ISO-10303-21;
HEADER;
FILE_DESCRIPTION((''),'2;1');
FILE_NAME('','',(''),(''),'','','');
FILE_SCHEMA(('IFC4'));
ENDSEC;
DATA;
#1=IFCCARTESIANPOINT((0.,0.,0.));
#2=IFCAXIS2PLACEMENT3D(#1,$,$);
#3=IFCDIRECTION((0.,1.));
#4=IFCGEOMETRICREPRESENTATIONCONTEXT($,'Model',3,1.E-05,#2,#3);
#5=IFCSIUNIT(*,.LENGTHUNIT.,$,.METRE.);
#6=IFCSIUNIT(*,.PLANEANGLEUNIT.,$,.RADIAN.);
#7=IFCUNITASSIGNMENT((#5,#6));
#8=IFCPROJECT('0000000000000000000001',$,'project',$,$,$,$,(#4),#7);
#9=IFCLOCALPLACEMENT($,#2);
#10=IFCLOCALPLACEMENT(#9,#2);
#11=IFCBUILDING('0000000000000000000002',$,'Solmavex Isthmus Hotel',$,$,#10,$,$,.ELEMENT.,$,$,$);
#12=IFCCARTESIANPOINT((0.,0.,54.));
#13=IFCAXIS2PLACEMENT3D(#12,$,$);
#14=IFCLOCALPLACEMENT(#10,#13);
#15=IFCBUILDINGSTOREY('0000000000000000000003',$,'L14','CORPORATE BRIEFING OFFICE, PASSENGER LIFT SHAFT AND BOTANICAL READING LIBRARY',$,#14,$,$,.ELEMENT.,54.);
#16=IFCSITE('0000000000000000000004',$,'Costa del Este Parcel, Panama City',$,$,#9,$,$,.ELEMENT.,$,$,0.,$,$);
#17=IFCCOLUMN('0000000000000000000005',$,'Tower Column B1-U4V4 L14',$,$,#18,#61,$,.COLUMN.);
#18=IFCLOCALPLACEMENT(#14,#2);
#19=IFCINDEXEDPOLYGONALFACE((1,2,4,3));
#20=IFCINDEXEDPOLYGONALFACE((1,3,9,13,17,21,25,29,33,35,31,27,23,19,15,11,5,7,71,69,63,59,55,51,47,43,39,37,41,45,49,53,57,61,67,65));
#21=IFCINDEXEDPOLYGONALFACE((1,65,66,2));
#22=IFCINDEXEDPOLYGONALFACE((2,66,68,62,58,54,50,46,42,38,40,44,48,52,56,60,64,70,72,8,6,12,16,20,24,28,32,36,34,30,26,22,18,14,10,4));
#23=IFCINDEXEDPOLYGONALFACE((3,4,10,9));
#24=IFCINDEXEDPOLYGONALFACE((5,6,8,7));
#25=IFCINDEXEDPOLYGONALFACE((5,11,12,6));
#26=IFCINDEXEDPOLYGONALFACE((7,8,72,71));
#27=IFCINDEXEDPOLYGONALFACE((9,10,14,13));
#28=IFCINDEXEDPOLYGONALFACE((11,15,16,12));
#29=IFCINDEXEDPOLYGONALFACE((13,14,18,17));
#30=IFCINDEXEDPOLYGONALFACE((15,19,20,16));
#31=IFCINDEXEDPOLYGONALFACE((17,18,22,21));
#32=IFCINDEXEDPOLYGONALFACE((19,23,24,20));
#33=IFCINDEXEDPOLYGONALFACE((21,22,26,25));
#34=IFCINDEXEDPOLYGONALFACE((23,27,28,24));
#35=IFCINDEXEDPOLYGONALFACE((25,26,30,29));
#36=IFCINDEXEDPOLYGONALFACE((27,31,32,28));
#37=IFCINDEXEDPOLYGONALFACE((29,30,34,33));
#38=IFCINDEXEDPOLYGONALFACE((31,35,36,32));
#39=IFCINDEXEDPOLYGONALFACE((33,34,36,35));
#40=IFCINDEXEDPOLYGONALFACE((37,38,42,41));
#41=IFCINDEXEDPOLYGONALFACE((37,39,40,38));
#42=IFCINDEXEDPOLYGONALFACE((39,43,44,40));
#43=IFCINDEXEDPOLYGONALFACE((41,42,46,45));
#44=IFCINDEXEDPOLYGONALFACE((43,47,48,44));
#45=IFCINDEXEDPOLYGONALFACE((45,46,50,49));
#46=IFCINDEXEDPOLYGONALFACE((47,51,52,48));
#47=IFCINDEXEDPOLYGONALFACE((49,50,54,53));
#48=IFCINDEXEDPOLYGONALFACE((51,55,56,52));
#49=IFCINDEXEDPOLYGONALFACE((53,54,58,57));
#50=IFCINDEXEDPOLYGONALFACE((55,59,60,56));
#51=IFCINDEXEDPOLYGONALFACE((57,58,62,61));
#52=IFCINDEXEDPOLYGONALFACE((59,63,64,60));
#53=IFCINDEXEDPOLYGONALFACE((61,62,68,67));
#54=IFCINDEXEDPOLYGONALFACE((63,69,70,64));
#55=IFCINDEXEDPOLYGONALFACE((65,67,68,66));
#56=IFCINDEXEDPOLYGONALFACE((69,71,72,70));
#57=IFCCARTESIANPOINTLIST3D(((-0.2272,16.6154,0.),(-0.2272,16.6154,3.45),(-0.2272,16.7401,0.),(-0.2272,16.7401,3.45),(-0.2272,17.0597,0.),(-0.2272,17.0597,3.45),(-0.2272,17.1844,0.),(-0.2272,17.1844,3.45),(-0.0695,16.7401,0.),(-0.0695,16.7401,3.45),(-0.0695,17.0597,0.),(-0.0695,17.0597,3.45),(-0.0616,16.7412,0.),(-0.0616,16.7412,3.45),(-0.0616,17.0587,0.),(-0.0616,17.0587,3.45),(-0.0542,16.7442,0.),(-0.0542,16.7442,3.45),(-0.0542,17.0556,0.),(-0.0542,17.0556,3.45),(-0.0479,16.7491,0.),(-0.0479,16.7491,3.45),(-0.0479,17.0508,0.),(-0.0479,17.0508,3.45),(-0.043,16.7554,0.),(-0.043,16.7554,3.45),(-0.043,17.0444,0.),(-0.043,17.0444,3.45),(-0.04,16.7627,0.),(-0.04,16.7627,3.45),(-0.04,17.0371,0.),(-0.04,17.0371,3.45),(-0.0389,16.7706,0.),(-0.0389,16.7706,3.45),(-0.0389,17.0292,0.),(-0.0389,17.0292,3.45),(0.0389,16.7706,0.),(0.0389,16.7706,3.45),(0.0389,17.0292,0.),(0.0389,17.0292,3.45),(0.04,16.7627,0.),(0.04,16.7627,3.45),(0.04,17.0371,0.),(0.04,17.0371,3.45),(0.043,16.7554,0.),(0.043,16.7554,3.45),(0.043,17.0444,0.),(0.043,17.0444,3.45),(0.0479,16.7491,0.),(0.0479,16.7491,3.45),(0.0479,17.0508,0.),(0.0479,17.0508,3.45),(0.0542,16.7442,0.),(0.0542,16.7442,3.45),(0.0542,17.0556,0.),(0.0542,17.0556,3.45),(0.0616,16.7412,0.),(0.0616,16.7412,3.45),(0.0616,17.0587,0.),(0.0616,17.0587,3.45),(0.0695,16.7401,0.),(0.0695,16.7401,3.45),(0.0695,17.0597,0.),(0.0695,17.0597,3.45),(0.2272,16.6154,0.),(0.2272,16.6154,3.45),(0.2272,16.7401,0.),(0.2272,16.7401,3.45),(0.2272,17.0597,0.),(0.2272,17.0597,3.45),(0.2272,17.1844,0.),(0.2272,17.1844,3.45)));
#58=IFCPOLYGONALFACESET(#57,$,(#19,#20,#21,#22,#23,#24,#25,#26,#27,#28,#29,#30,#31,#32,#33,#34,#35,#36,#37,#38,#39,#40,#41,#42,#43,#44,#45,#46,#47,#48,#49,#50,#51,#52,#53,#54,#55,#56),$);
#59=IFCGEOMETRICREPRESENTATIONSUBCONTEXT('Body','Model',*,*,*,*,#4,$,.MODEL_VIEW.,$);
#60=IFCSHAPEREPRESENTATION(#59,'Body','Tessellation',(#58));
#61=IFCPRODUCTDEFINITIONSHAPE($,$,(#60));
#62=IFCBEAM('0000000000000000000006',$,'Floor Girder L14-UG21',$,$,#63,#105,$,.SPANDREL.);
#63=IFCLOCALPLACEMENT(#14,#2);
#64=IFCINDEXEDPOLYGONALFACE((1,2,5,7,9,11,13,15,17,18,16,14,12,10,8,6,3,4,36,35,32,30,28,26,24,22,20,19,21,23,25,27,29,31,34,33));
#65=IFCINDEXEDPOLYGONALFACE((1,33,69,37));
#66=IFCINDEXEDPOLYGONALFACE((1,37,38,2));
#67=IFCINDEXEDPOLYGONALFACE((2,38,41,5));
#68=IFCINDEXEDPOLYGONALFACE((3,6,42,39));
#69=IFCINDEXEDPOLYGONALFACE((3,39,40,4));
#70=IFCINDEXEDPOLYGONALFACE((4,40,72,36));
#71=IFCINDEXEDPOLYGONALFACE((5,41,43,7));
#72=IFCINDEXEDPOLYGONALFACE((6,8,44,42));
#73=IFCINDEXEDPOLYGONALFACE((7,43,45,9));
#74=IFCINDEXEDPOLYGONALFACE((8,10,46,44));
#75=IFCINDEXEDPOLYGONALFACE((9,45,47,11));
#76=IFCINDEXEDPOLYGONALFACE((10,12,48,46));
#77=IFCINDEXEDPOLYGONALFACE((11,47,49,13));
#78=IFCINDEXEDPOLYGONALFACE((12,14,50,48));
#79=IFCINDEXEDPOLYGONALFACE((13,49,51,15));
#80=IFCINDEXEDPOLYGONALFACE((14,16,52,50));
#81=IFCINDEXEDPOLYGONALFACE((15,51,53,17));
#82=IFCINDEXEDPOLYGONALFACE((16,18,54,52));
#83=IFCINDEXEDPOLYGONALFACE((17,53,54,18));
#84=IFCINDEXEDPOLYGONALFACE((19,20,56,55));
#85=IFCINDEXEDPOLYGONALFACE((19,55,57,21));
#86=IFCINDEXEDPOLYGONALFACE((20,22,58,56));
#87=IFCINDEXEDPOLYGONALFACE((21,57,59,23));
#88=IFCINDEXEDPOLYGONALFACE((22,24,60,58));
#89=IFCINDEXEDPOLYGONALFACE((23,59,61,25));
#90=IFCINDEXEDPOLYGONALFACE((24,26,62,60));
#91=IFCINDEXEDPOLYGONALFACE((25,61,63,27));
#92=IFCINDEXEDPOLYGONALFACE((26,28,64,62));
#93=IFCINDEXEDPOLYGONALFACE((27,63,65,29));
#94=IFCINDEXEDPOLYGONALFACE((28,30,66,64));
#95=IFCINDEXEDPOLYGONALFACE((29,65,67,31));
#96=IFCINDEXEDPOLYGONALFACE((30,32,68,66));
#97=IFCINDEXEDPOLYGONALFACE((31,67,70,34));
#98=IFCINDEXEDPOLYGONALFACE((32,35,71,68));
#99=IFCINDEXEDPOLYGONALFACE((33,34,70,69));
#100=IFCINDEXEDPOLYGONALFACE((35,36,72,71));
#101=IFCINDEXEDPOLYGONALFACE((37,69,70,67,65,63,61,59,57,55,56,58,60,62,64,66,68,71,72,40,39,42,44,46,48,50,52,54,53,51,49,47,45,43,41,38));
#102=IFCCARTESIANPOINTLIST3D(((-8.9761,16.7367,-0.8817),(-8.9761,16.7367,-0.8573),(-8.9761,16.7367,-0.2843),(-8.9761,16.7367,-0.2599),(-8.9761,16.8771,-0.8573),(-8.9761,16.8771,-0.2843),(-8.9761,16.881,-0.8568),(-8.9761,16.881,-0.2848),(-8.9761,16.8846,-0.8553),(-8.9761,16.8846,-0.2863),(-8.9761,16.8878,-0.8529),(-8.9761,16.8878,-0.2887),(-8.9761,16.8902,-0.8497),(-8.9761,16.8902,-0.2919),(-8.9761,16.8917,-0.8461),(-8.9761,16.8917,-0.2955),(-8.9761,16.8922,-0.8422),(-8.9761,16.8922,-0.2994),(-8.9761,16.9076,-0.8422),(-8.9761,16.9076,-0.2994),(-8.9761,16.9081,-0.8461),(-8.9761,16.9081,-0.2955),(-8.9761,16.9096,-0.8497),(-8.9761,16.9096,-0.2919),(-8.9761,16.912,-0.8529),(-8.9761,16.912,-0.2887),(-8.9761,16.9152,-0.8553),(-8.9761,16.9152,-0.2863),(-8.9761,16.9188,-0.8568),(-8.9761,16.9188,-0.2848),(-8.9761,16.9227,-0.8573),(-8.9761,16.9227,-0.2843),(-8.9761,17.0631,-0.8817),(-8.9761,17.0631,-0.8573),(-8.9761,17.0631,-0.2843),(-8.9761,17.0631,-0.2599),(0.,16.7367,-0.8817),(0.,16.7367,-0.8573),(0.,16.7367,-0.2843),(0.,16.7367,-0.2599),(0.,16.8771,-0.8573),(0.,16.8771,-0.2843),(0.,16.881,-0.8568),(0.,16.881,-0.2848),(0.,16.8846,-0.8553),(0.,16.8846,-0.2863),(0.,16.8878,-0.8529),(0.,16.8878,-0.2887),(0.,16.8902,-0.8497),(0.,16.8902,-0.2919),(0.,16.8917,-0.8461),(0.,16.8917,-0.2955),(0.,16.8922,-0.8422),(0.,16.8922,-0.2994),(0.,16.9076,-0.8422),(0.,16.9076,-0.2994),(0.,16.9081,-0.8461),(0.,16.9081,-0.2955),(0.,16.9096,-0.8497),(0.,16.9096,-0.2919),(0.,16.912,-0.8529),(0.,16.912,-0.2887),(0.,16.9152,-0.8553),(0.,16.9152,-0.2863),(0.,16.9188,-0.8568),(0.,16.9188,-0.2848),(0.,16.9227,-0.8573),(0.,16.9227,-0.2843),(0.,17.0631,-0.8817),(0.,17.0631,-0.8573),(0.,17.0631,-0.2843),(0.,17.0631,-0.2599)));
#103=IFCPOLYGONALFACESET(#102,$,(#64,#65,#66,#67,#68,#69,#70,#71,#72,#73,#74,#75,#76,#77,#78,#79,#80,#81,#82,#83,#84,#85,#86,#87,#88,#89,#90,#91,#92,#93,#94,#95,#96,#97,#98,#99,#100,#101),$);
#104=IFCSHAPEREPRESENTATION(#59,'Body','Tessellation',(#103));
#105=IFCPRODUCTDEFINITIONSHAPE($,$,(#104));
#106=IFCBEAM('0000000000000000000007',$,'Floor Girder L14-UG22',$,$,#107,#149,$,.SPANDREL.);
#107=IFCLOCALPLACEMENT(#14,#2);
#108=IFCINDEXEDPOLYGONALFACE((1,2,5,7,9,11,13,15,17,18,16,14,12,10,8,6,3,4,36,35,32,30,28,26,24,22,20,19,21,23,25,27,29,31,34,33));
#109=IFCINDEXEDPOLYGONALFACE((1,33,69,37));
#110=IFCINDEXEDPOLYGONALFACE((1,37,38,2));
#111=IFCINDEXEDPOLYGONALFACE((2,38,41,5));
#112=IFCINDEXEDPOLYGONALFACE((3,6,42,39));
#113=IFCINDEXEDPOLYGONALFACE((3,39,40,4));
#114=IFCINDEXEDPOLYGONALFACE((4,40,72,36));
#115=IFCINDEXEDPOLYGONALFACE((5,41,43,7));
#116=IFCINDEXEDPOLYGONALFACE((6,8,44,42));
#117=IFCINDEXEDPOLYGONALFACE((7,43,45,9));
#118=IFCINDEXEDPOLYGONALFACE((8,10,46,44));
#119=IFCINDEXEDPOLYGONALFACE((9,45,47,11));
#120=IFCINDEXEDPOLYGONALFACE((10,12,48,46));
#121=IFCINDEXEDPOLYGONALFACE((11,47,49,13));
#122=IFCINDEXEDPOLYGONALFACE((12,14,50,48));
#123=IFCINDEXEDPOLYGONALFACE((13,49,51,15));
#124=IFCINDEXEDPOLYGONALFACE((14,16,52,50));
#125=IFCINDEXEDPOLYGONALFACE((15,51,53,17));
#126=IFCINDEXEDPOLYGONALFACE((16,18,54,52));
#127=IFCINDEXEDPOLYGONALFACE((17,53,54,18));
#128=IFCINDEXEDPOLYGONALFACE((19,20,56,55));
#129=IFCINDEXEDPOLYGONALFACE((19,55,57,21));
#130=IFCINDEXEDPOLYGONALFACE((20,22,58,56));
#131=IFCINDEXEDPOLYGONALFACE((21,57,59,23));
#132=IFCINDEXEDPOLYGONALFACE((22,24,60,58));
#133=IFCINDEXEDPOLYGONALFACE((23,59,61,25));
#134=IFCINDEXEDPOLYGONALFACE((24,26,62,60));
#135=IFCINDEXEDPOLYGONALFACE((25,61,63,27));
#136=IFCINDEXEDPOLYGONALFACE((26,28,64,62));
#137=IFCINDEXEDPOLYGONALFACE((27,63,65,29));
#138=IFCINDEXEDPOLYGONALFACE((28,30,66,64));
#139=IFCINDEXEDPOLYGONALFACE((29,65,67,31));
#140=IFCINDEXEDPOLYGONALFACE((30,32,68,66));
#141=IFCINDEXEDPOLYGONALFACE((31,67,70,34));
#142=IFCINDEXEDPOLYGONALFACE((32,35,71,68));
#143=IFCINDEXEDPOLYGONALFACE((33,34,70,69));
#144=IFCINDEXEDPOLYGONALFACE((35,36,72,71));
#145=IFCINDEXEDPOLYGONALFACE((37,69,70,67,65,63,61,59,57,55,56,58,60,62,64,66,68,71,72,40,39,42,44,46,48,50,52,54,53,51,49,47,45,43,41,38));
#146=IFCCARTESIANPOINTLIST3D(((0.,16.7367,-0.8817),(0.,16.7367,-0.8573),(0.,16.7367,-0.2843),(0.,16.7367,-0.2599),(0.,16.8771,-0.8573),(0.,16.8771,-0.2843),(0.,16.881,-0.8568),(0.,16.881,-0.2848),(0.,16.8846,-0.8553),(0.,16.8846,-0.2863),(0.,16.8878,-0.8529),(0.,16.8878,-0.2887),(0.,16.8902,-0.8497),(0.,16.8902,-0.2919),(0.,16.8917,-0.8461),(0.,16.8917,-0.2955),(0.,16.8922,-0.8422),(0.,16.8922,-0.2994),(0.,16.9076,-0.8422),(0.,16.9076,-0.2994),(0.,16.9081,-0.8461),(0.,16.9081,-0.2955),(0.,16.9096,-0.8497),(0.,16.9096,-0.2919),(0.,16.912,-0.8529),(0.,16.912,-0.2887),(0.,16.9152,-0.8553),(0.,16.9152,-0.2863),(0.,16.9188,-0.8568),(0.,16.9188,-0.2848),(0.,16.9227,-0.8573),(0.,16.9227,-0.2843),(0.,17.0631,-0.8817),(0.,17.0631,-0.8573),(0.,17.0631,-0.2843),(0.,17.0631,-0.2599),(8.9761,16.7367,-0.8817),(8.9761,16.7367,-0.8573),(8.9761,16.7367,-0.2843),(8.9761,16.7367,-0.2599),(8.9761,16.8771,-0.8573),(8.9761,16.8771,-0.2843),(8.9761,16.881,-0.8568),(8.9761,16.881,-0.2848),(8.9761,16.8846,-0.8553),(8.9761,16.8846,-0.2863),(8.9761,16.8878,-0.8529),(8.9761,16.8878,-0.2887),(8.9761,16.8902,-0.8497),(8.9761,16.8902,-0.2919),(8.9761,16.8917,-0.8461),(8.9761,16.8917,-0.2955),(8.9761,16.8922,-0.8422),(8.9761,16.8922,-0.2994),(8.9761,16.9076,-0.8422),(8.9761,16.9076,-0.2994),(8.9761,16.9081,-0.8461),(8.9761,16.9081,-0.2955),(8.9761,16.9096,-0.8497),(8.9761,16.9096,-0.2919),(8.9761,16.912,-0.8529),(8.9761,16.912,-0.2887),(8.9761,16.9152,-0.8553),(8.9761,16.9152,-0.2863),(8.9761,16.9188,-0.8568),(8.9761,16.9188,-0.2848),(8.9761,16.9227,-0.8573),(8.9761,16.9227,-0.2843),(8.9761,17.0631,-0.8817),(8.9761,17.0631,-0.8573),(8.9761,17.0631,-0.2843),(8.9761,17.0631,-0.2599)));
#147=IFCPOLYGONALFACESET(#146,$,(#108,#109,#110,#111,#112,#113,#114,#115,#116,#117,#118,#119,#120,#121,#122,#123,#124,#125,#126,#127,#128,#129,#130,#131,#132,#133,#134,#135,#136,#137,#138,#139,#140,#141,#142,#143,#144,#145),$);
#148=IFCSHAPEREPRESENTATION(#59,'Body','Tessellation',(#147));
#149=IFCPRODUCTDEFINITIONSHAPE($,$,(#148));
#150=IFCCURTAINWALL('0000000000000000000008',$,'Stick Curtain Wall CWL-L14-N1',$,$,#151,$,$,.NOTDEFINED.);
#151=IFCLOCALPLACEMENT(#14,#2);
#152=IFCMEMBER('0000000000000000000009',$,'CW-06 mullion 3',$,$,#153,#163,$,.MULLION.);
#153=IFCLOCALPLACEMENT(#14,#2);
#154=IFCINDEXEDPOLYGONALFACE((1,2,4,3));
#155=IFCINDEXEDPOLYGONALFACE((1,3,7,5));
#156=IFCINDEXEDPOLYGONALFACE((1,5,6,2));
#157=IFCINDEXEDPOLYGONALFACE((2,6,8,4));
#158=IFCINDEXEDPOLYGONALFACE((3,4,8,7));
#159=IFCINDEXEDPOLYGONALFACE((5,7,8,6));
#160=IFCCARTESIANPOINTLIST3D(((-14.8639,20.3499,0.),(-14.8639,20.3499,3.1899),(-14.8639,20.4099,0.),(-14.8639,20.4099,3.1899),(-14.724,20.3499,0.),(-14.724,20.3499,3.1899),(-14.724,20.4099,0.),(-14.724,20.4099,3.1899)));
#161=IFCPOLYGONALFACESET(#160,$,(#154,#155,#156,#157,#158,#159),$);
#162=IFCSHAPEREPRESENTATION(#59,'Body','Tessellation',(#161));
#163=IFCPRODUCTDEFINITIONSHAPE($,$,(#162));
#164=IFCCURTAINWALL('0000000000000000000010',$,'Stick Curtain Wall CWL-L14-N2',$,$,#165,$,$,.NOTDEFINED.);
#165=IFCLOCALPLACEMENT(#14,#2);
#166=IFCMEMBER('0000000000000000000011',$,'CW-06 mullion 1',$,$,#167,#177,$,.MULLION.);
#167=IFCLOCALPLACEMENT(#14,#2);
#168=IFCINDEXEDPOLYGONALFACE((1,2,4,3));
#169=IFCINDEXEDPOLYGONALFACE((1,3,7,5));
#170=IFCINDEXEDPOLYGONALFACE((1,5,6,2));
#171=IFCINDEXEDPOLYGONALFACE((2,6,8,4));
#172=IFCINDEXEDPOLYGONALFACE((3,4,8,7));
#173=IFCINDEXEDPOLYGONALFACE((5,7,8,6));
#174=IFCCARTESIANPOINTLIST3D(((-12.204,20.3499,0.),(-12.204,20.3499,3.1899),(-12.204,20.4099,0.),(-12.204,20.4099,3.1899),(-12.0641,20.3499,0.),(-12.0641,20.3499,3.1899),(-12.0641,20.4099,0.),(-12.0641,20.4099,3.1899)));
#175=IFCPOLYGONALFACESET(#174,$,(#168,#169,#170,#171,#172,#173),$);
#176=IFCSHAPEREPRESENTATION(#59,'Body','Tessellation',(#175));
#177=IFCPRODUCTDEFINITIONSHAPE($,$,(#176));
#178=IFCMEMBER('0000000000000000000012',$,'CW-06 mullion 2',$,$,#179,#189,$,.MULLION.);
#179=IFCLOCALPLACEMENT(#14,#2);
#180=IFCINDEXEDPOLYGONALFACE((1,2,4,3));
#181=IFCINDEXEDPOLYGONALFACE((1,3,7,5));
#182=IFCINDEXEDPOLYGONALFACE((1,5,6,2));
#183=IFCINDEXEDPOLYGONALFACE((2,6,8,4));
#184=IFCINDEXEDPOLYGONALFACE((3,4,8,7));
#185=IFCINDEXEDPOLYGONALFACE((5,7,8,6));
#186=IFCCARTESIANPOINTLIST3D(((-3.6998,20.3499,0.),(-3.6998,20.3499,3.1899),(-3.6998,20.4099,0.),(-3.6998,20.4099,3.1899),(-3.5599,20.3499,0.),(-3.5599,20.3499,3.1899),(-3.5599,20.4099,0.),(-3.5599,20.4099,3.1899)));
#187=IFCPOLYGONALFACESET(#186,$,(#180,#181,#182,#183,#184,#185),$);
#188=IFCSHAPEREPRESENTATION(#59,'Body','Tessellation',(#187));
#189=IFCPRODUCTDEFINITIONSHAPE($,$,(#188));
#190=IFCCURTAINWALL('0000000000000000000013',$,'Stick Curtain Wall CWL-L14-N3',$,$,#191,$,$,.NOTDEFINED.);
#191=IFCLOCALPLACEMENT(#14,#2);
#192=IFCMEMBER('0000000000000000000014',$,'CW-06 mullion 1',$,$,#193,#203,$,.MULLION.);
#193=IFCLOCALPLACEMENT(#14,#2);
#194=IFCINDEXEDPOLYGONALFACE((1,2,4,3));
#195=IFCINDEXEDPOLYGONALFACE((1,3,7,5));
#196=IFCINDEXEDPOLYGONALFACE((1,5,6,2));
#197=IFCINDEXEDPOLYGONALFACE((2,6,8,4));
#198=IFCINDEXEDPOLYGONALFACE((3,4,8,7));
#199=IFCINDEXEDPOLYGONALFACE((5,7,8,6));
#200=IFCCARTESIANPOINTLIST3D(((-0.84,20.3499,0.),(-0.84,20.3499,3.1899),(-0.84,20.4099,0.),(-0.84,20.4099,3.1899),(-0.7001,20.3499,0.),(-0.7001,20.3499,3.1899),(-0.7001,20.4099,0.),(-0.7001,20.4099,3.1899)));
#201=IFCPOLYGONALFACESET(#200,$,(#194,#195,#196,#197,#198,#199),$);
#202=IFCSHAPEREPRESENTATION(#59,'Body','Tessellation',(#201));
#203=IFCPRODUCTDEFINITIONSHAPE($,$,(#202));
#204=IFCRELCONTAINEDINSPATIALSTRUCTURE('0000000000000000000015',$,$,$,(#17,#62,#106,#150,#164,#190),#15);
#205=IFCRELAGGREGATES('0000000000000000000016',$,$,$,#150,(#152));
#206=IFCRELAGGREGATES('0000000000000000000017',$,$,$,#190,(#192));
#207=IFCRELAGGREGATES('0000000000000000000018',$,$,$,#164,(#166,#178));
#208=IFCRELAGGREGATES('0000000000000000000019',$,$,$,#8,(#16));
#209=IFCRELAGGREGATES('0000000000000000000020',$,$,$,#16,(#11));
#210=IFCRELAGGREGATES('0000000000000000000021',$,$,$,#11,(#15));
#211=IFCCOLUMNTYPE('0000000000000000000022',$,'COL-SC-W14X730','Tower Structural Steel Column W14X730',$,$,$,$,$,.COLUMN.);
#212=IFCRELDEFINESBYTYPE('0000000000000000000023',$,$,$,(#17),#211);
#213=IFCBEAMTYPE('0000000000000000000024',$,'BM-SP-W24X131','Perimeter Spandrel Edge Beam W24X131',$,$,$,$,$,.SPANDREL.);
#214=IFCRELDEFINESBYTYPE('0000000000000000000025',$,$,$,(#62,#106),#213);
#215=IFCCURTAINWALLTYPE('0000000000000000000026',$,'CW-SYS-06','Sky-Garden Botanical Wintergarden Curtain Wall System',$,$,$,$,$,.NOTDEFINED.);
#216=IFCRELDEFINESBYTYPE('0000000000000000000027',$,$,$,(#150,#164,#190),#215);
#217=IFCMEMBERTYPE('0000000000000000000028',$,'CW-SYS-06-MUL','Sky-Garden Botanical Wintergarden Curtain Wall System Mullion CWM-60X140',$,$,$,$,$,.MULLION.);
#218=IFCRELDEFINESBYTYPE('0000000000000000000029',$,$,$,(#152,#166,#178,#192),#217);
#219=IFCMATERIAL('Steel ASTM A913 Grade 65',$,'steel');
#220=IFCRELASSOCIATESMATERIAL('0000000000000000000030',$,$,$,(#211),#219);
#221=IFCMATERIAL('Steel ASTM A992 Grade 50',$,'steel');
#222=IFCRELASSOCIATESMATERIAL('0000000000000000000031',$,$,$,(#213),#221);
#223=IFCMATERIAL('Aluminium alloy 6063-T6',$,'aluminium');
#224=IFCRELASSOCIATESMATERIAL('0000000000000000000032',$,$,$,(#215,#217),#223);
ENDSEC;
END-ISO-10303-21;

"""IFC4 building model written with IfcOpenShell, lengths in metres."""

from ifc_helpers import new_model, si_unit, direction, frame, origin, origin_2d, place, context, subcontext, project, spatial, rectangle, i_section, extrude, material, material_profile, profile_set, type_object, element, aggregate, save


model = new_model("IFC4")

# Units and contexts
model_context = context("Model", 3, precision=1e-05, world=origin(), true_north=direction((0.0, 1.0)))
body_context = subcontext(model_context, "Body", "Model", "MODEL_VIEW")
ifc_project = project(units=[si_unit("LENGTHUNIT", "METRE"), si_unit("PLANEANGLEUNIT", "RADIAN")], contexts=[model_context])

# Site, building, storey
site_placement = place(None, origin())
site = spatial("IfcSite", under=ifc_project, at=site_placement, Name="Costa del Este Parcel, Panama City", CompositionType="ELEMENT", RefElevation=0.0)
building_placement = place(site_placement, origin())
building = spatial("IfcBuilding", under=site, at=building_placement, Name="Solmavex Isthmus Hotel", CompositionType="ELEMENT")
storey_placement = place(building_placement, frame((0.0, 0.0, 54.0)))
storey = spatial("IfcBuildingStorey", under=building, at=storey_placement, Name="L14", Description="CORPORATE BRIEFING OFFICE, PASSENGER LIFT SHAFT AND BOTANICAL READING LIBRARY", CompositionType="ELEMENT", Elevation=54.0)

# Column
ifc_material_1 = material(Name="Steel ASTM A913 Grade 65", Category="steel")
ifc_material_profile_1 = material_profile(ifc_material_1, i_section(OverallWidth=0.4543, OverallDepth=0.5691, WebThickness=0.0779, FlangeThickness=0.1248, FilletRadius=0.0305, at=origin_2d()), Name="W14X730")
ifc_profile_set_1 = profile_set([ifc_material_profile_1], Name="Steel ASTM A913 Grade 65")
column_type = type_object("IfcColumnType", Name="COL-SC-W14X730", Description="Tower Structural Steel Column W14X730", PredefinedType="COLUMN", material=ifc_profile_set_1)
column_placement = place(storey_placement, frame((0.0, 16.8999, 0.0), z_axis=(0.0, 0.0, 1.0), x_axis=(1.0, 0.0, 0.0)))
element("IfcColumn", 1, at=column_placement, inside=storey, type_object=column_type, Name="Tower Column B1-U4V4 L14", PredefinedType="COLUMN", context=body_context, shape_type="SweptSolid", body=[
    extrude(i_section(OverallWidth=0.4543, OverallDepth=0.5691, WebThickness=0.0779, FlangeThickness=0.1248, FilletRadius=0.0305, at=origin_2d()), origin(), (0.0, 0.0, 1.0), 3.45),
])

# Beams
ifc_material_2 = material(Name="Steel ASTM A992 Grade 50", Category="steel")
ifc_material_profile_2 = material_profile(ifc_material_2, i_section(OverallWidth=0.3264, OverallDepth=0.6218, WebThickness=0.0154, FlangeThickness=0.0244, FilletRadius=0.0151, at=origin_2d()), Name="W24X131")
ifc_profile_set_2 = profile_set([ifc_material_profile_2], Name="Steel ASTM A992 Grade 50")
beam_type = type_object("IfcBeamType", Name="BM-SP-W24X131", Description="Perimeter Spandrel Edge Beam W24X131", PredefinedType="SPANDREL", material=ifc_profile_set_2)
for number, where, z_axis, x_axis, name in (
    (2, (-8.9761, 16.8999, -0.5708), (1.0, 0.0, 0.0), (0.0, 1.0, 0.0), "Floor Girder L14-UG21"),
    (3, (0.0, 16.8999, -0.5708), (1.0, 0.0, 0.0), (0.0, 1.0, 0.0), "Floor Girder L14-UG22"),
):
    element("IfcBeam", number, at=place(storey_placement, frame(where, z_axis=z_axis, x_axis=x_axis)), inside=storey, type_object=beam_type, Name=name, PredefinedType="SPANDREL", context=body_context, shape_type="SweptSolid", body=[
        extrude(i_section(OverallWidth=0.3264, OverallDepth=0.6218, WebThickness=0.0154, FlangeThickness=0.0244, FilletRadius=0.0151, at=origin_2d()), origin(), (0.0, 0.0, 1.0), 8.9761),
    ])

# Curtain wall, member
ifc_material_3 = material(Name="Aluminium alloy 6063-T6", Category="aluminium")
curtain_wall_type = type_object("IfcCurtainWallType", Name="CW-SYS-06", Description="Sky-Garden Botanical Wintergarden Curtain Wall System", PredefinedType="NOTDEFINED", material=ifc_material_3)
curtain_wall_1_placement = place(storey_placement, origin())
curtain_wall_1 = element("IfcCurtainWall", 4, at=curtain_wall_1_placement, inside=storey, type_object=curtain_wall_type, Name="Stick Curtain Wall CWL-L14-N1", PredefinedType="NOTDEFINED")
ifc_material_profile_3 = material_profile(ifc_material_3, rectangle(XDim=0.0601, YDim=0.1399, at=origin_2d()), Name="CWM-60X140")
ifc_profile_set_3 = profile_set([ifc_material_profile_3], Name="Aluminium alloy 6063-T6")
member_type_1 = type_object("IfcMemberType", Name="CW-SYS-06-MUL", Description="Sky-Garden Botanical Wintergarden Curtain Wall System Mullion CWM-60X140", PredefinedType="MULLION", material=ifc_profile_set_3)
member_1_placement = place(storey_placement, frame((-14.7939, 20.3799, 0.0), z_axis=(0.0, 0.0, 1.0), x_axis=(0.0, 1.0, 0.0)))
member_1 = element("IfcMember", 5, at=member_1_placement, type_object=member_type_1, Name="CW-06 mullion 3", PredefinedType="MULLION", context=body_context, shape_type="SweptSolid", body=[
    extrude(rectangle(XDim=0.0601, YDim=0.1399, at=origin_2d()), origin(), (0.0, 0.0, 1.0), 3.1899),
])
aggregate(curtain_wall_1, [member_1])

# Curtain wall, members
curtain_wall_2_placement = place(storey_placement, origin())
curtain_wall_2 = element("IfcCurtainWall", 6, at=curtain_wall_2_placement, inside=storey, type_object=curtain_wall_type, Name="Stick Curtain Wall CWL-L14-N2", PredefinedType="NOTDEFINED")
member_2_placement = place(storey_placement, frame((-12.134, 20.3799, 0.0), z_axis=(0.0, 0.0, 1.0), x_axis=(0.0, 1.0, 0.0)))
member_2 = element("IfcMember", 7, at=member_2_placement, type_object=member_type_1, Name="CW-06 mullion 1", PredefinedType="MULLION", context=body_context, shape_type="SweptSolid", body=[
    extrude(rectangle(XDim=0.0601, YDim=0.1399, at=origin_2d()), origin(), (0.0, 0.0, 1.0), 3.1899),
])
member_3_placement = place(storey_placement, frame((-3.6299, 20.3799, 0.0), z_axis=(0.0, 0.0, 1.0), x_axis=(0.0, 1.0, 0.0)))
member_3 = element("IfcMember", 8, at=member_3_placement, type_object=member_type_1, Name="CW-06 mullion 2", PredefinedType="MULLION", context=body_context, shape_type="SweptSolid", body=[
    extrude(rectangle(XDim=0.0601, YDim=0.1399, at=origin_2d()), origin(), (0.0, 0.0, 1.0), 3.1899),
])

# Curtain wall, member
curtain_wall_3_placement = place(storey_placement, origin())
curtain_wall_3 = element("IfcCurtainWall", 9, at=curtain_wall_3_placement, inside=storey, type_object=curtain_wall_type, Name="Stick Curtain Wall CWL-L14-N3", PredefinedType="NOTDEFINED")
member_4_placement = place(storey_placement, frame((-0.77, 20.3799, 0.0), z_axis=(0.0, 0.0, 1.0), x_axis=(0.0, 1.0, 0.0)))
member_4 = element("IfcMember", 10, at=member_4_placement, type_object=member_type_1, Name="CW-06 mullion 1", PredefinedType="MULLION", context=body_context, shape_type="SweptSolid", body=[
    extrude(rectangle(XDim=0.0601, YDim=0.1399, at=origin_2d()), origin(), (0.0, 0.0, 1.0), 3.1899),
])

aggregate(curtain_wall_3, [member_4])

aggregate(curtain_wall_2, [member_2, member_3])

save(model, "model.ifc")
